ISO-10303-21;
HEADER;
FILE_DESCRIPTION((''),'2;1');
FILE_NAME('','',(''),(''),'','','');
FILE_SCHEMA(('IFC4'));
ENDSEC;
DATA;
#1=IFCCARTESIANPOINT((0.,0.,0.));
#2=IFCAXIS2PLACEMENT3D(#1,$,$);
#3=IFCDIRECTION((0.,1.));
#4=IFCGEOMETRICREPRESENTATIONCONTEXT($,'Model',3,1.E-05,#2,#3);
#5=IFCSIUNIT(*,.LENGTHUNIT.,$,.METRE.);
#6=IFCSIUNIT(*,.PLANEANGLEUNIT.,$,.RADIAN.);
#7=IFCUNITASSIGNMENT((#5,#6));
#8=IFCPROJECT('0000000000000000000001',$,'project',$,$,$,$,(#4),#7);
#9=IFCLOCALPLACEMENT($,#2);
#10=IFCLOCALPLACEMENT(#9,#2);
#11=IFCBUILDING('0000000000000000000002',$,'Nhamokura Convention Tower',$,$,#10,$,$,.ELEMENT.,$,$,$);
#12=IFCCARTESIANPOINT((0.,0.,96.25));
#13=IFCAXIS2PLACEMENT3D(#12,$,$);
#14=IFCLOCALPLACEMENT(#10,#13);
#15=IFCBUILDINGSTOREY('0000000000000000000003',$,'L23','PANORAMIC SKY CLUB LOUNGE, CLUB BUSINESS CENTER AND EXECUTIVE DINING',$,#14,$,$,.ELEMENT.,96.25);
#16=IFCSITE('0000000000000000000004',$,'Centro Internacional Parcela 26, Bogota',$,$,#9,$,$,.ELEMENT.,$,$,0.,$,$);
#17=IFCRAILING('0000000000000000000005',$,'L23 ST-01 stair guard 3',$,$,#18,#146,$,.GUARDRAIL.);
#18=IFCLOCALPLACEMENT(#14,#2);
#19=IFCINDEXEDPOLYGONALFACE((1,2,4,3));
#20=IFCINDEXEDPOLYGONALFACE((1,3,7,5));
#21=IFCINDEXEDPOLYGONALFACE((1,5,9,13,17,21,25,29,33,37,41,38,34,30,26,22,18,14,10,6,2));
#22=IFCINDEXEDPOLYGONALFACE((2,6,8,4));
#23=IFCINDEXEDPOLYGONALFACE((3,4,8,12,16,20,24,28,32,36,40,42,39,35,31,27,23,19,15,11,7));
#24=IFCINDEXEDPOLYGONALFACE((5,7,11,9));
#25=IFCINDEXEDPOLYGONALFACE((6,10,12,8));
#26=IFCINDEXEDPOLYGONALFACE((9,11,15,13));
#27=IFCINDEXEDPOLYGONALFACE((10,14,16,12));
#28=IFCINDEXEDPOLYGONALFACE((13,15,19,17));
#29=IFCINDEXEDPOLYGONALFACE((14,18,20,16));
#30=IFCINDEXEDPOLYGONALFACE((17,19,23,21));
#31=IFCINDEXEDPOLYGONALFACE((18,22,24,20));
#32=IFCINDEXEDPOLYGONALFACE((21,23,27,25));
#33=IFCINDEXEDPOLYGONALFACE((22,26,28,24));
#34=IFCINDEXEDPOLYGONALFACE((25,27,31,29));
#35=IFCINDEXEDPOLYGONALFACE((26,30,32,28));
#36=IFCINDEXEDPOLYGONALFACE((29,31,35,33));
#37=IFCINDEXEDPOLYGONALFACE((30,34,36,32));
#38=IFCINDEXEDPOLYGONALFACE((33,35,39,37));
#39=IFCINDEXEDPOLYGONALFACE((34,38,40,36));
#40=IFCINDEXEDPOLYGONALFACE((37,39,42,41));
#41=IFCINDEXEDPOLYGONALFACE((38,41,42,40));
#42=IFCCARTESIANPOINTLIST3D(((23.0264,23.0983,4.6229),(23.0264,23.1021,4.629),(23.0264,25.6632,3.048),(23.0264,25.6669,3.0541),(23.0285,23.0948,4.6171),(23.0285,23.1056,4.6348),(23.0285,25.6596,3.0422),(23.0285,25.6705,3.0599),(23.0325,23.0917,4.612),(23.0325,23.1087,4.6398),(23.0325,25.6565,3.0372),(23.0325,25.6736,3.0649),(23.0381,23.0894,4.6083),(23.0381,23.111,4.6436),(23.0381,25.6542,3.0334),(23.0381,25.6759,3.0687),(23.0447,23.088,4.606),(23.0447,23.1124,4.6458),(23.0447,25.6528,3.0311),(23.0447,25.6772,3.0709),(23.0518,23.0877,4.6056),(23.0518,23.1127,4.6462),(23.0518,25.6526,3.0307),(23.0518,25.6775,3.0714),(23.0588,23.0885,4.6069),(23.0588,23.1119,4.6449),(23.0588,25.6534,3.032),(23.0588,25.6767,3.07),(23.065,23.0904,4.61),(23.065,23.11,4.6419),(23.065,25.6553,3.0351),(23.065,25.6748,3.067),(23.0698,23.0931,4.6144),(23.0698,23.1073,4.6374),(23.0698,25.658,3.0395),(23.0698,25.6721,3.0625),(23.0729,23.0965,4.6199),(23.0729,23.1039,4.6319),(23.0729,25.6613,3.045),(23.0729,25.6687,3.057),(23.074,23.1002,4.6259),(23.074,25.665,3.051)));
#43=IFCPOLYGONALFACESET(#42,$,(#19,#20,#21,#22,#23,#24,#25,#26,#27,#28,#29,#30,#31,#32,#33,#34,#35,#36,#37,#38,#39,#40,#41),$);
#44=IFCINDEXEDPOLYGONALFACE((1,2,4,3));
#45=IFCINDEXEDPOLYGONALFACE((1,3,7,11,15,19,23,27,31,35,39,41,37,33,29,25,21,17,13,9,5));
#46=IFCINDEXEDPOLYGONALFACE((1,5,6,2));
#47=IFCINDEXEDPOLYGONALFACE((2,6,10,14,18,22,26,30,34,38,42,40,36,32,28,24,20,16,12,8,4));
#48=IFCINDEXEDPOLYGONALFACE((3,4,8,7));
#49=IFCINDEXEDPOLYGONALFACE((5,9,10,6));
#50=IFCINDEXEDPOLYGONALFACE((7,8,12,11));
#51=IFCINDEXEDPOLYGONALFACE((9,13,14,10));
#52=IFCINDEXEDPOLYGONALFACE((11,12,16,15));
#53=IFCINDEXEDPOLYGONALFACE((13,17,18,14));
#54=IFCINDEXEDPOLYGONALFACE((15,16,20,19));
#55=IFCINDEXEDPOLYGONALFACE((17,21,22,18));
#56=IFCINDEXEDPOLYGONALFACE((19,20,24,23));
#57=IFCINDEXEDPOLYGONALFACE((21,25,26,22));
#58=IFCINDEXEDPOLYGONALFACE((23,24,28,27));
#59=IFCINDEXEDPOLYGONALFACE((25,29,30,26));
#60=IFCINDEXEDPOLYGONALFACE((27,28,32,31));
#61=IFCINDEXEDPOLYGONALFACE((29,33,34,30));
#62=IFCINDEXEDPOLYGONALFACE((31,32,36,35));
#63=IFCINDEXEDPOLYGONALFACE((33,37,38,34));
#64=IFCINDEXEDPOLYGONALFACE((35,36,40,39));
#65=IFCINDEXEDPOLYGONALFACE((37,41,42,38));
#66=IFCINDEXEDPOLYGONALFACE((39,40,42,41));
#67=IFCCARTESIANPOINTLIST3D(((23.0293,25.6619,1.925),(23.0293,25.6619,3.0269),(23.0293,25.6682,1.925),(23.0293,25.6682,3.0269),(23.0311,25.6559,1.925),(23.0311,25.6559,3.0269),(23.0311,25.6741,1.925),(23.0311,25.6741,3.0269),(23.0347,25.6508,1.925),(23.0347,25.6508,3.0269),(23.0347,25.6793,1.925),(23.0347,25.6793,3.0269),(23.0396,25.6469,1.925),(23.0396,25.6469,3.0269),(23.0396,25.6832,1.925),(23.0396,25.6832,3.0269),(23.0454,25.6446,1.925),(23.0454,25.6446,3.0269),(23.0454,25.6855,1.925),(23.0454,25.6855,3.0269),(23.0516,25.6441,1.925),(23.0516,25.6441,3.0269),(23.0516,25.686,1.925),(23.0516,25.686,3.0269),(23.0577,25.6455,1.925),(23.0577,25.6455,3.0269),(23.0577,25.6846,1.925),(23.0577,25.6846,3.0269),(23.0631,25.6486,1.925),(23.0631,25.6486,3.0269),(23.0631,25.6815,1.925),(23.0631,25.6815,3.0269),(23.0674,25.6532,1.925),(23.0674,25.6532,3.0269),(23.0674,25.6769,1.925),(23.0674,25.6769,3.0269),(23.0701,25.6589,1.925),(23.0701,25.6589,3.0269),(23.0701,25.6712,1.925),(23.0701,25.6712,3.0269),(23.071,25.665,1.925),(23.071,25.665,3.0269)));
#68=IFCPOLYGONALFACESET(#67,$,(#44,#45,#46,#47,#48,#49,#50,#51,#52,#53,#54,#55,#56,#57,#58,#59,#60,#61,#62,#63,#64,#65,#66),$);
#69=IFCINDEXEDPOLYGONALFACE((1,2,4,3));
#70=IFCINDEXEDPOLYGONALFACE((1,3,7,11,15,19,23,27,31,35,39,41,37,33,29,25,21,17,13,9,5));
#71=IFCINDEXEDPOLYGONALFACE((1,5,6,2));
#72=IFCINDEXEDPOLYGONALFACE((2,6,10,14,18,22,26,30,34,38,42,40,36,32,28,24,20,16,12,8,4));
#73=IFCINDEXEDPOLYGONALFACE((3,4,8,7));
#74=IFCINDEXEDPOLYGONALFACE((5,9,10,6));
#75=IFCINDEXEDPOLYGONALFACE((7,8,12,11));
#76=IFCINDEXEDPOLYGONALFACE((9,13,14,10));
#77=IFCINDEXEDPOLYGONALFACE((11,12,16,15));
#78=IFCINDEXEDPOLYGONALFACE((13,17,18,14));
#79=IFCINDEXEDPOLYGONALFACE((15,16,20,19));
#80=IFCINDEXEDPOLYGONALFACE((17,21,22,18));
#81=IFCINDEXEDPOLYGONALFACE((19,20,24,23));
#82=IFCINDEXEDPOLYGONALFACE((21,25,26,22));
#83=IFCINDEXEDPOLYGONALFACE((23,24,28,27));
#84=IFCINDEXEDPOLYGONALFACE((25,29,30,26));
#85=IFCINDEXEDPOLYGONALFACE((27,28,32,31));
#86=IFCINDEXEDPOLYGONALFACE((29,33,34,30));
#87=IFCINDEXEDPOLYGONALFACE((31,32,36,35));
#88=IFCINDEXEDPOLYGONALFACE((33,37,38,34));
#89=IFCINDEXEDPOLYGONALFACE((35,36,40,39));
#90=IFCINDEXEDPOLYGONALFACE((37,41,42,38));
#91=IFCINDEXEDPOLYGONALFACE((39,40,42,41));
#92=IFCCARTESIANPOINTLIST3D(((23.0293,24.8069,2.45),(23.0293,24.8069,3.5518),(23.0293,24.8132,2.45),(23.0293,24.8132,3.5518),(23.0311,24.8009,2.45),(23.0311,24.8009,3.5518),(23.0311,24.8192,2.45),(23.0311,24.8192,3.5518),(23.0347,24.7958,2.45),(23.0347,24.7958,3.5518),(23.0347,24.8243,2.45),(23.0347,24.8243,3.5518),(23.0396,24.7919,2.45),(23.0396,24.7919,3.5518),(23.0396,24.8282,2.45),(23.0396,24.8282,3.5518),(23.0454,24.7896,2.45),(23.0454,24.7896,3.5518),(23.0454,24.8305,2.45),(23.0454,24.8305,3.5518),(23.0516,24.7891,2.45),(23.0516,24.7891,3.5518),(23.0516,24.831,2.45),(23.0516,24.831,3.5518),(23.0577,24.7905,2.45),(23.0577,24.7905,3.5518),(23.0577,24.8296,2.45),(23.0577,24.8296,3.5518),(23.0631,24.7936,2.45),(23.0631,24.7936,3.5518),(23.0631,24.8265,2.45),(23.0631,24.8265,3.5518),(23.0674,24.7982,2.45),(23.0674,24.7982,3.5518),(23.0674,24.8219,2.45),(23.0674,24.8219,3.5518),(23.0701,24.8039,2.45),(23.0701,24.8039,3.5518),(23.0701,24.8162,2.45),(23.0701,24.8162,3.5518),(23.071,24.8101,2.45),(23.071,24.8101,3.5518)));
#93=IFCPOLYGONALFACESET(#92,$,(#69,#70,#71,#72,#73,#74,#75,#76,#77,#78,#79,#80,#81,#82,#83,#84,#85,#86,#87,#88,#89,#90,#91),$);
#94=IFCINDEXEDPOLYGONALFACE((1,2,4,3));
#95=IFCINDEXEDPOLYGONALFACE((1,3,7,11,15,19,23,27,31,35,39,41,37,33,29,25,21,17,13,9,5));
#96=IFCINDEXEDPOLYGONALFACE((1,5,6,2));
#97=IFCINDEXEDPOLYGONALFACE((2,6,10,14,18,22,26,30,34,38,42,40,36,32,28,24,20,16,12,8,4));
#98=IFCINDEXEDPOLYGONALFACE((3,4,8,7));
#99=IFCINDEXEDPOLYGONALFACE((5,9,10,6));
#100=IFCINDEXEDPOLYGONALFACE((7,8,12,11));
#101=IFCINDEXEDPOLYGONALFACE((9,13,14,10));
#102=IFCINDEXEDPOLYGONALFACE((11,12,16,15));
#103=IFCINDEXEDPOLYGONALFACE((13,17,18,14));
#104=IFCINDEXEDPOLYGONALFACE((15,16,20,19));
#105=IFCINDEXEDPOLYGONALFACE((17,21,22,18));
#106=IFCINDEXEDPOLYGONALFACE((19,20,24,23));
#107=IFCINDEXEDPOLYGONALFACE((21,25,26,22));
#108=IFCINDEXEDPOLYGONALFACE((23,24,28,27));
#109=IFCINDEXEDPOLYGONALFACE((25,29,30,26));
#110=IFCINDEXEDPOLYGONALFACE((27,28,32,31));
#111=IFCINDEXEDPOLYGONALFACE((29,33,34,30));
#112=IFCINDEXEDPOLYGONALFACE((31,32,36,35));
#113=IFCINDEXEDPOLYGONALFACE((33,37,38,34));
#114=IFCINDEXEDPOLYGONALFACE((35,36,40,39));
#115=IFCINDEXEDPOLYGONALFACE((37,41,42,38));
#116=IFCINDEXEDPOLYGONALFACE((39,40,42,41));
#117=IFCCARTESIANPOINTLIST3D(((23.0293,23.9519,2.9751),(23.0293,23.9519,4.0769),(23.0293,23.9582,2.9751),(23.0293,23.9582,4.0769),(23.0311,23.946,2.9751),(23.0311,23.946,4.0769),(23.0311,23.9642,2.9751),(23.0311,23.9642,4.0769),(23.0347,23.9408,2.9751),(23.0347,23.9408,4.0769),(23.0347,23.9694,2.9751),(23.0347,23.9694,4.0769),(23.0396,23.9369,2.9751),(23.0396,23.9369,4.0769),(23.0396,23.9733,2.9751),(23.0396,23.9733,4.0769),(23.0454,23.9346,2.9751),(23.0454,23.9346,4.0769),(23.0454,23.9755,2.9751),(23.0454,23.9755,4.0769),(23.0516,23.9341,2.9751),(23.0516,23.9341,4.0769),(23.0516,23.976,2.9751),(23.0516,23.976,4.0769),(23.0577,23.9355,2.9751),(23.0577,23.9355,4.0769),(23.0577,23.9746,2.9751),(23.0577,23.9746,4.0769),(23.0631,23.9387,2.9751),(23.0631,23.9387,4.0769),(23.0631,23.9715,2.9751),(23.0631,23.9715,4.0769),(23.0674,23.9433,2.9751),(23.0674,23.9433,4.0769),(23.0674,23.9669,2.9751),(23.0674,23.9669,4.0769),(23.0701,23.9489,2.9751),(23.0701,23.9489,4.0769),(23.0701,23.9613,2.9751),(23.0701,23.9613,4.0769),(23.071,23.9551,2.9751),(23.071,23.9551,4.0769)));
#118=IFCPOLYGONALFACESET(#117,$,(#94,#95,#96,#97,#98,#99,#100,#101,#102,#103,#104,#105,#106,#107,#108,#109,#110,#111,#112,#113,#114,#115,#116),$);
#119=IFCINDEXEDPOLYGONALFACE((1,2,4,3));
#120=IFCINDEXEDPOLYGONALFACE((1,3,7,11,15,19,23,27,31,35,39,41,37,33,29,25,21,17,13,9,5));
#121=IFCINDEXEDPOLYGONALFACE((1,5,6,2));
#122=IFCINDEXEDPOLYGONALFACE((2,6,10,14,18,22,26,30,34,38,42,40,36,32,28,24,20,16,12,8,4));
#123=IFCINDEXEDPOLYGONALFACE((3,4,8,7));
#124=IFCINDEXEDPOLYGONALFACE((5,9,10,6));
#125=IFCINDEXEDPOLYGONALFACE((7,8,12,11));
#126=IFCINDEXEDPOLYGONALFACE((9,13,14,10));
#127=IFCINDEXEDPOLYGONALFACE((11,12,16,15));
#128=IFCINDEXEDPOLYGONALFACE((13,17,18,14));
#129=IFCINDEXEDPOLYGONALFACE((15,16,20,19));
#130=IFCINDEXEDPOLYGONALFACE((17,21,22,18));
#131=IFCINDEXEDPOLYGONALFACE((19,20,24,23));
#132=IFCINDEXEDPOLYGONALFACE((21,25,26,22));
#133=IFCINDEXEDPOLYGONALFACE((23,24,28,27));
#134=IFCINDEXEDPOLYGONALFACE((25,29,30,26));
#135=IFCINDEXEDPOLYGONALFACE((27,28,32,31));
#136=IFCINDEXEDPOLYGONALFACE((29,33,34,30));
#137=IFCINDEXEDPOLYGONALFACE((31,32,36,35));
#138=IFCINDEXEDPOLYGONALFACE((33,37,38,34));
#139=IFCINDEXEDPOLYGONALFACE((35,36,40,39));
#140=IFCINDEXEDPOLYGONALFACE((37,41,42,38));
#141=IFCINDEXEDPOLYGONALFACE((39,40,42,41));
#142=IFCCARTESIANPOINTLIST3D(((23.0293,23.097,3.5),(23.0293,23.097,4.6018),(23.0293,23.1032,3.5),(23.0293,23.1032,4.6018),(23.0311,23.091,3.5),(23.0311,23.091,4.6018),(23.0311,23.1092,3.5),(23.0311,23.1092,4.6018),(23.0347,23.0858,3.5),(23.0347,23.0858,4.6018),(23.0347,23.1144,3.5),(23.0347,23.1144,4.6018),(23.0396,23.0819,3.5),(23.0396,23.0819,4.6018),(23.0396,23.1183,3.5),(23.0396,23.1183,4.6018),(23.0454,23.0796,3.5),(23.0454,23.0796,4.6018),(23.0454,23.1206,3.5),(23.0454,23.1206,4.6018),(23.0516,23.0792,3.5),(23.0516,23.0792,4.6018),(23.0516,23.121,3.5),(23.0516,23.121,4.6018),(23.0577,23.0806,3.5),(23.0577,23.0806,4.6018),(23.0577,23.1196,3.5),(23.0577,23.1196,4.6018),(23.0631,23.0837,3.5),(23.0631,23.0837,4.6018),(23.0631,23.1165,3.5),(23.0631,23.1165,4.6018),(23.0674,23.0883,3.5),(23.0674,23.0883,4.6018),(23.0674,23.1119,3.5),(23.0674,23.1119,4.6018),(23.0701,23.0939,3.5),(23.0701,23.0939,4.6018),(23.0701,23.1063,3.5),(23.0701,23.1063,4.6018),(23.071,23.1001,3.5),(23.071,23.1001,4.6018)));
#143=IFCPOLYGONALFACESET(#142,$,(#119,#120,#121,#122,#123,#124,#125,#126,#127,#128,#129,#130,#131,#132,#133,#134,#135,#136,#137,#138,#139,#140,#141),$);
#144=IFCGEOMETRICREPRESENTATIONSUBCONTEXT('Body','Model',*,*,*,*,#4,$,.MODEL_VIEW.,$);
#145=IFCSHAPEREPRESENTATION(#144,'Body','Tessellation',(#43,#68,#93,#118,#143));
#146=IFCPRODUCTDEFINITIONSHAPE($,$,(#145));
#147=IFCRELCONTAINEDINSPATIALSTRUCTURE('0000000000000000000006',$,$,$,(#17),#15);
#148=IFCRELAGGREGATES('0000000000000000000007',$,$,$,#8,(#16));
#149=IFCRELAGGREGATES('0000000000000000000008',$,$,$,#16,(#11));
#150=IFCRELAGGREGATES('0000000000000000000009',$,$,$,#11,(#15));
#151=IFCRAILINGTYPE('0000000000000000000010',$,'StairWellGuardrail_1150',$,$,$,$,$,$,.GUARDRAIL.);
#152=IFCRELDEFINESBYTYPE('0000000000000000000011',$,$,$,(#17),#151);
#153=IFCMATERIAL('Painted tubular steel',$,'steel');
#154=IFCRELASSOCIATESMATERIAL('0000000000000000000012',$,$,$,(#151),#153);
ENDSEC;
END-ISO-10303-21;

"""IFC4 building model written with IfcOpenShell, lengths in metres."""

from ifc_helpers import new_model, si_unit, direction, frame, origin, origin_2d, place, context, subcontext, project, spatial, circle, extrude, material, type_object, element, save


model = new_model("IFC4")

# Units and contexts
model_context = context("Model", 3, precision=1e-05, world=origin(), true_north=direction((0.0, 1.0)))
body_context = subcontext(model_context, "Body", "Model", "MODEL_VIEW")
ifc_project = project(units=[si_unit("LENGTHUNIT", "METRE"), si_unit("PLANEANGLEUNIT", "RADIAN")], contexts=[model_context])

# Site, building, storey
site_placement = place(None, origin())
site = spatial("IfcSite", under=ifc_project, at=site_placement, Name="Centro Internacional Parcela 26, Bogota", CompositionType="ELEMENT", RefElevation=0.0)
building_placement = place(site_placement, origin())
building = spatial("IfcBuilding", under=site, at=building_placement, Name="Nhamokura Convention Tower", CompositionType="ELEMENT")
storey_placement = place(building_placement, frame((0.0, 0.0, 96.25)))
storey = spatial("IfcBuildingStorey", under=building, at=storey_placement, Name="L23", Description="PANORAMIC SKY CLUB LOUNGE, CLUB BUSINESS CENTER AND EXECUTIVE DINING", CompositionType="ELEMENT", Elevation=96.25)

# Railing
ifc_material_1 = material(Name="Painted tubular steel", Category="steel")
railing_type_1 = type_object("IfcRailingType", Name="StairWellGuardrail_1150", PredefinedType="GUARDRAIL", material=ifc_material_1)
railing_1_placement = place(storey_placement, frame((23.05, 25.665, 1.925)))
element("IfcRailing", 1, at=railing_1_placement, inside=storey, type_object=railing_type_1, Name="L23 ST-01 stair guard 3", PredefinedType="GUARDRAIL", context=body_context, shape_type="SweptSolid", body=[
    extrude(circle(Radius=0.0239, at=origin_2d()), frame((0.0, 0.0, 1.126), z_axis=(0.0, -0.852173, 0.52326), x_axis=(1.0, 0.0, 0.0)), (0.0, 0.0, 1.0), 3.0098),
    extrude(circle(Radius=0.021, at=origin_2d()), origin(), (0.0, 0.0, 1.0), 1.1018),
    extrude(circle(Radius=0.021, at=origin_2d()), frame((0.0, -0.855, 0.5249)), (0.0, 0.0, 1.0), 1.1018),
    extrude(circle(Radius=0.021, at=origin_2d()), frame((0.0, -1.71, 1.05)), (0.0, 0.0, 1.0), 1.1018),
    extrude(circle(Radius=0.021, at=origin_2d()), frame((0.0, -2.5649, 1.575)), (0.0, 0.0, 1.0), 1.1018),
])

save(model, "model.ifc")
